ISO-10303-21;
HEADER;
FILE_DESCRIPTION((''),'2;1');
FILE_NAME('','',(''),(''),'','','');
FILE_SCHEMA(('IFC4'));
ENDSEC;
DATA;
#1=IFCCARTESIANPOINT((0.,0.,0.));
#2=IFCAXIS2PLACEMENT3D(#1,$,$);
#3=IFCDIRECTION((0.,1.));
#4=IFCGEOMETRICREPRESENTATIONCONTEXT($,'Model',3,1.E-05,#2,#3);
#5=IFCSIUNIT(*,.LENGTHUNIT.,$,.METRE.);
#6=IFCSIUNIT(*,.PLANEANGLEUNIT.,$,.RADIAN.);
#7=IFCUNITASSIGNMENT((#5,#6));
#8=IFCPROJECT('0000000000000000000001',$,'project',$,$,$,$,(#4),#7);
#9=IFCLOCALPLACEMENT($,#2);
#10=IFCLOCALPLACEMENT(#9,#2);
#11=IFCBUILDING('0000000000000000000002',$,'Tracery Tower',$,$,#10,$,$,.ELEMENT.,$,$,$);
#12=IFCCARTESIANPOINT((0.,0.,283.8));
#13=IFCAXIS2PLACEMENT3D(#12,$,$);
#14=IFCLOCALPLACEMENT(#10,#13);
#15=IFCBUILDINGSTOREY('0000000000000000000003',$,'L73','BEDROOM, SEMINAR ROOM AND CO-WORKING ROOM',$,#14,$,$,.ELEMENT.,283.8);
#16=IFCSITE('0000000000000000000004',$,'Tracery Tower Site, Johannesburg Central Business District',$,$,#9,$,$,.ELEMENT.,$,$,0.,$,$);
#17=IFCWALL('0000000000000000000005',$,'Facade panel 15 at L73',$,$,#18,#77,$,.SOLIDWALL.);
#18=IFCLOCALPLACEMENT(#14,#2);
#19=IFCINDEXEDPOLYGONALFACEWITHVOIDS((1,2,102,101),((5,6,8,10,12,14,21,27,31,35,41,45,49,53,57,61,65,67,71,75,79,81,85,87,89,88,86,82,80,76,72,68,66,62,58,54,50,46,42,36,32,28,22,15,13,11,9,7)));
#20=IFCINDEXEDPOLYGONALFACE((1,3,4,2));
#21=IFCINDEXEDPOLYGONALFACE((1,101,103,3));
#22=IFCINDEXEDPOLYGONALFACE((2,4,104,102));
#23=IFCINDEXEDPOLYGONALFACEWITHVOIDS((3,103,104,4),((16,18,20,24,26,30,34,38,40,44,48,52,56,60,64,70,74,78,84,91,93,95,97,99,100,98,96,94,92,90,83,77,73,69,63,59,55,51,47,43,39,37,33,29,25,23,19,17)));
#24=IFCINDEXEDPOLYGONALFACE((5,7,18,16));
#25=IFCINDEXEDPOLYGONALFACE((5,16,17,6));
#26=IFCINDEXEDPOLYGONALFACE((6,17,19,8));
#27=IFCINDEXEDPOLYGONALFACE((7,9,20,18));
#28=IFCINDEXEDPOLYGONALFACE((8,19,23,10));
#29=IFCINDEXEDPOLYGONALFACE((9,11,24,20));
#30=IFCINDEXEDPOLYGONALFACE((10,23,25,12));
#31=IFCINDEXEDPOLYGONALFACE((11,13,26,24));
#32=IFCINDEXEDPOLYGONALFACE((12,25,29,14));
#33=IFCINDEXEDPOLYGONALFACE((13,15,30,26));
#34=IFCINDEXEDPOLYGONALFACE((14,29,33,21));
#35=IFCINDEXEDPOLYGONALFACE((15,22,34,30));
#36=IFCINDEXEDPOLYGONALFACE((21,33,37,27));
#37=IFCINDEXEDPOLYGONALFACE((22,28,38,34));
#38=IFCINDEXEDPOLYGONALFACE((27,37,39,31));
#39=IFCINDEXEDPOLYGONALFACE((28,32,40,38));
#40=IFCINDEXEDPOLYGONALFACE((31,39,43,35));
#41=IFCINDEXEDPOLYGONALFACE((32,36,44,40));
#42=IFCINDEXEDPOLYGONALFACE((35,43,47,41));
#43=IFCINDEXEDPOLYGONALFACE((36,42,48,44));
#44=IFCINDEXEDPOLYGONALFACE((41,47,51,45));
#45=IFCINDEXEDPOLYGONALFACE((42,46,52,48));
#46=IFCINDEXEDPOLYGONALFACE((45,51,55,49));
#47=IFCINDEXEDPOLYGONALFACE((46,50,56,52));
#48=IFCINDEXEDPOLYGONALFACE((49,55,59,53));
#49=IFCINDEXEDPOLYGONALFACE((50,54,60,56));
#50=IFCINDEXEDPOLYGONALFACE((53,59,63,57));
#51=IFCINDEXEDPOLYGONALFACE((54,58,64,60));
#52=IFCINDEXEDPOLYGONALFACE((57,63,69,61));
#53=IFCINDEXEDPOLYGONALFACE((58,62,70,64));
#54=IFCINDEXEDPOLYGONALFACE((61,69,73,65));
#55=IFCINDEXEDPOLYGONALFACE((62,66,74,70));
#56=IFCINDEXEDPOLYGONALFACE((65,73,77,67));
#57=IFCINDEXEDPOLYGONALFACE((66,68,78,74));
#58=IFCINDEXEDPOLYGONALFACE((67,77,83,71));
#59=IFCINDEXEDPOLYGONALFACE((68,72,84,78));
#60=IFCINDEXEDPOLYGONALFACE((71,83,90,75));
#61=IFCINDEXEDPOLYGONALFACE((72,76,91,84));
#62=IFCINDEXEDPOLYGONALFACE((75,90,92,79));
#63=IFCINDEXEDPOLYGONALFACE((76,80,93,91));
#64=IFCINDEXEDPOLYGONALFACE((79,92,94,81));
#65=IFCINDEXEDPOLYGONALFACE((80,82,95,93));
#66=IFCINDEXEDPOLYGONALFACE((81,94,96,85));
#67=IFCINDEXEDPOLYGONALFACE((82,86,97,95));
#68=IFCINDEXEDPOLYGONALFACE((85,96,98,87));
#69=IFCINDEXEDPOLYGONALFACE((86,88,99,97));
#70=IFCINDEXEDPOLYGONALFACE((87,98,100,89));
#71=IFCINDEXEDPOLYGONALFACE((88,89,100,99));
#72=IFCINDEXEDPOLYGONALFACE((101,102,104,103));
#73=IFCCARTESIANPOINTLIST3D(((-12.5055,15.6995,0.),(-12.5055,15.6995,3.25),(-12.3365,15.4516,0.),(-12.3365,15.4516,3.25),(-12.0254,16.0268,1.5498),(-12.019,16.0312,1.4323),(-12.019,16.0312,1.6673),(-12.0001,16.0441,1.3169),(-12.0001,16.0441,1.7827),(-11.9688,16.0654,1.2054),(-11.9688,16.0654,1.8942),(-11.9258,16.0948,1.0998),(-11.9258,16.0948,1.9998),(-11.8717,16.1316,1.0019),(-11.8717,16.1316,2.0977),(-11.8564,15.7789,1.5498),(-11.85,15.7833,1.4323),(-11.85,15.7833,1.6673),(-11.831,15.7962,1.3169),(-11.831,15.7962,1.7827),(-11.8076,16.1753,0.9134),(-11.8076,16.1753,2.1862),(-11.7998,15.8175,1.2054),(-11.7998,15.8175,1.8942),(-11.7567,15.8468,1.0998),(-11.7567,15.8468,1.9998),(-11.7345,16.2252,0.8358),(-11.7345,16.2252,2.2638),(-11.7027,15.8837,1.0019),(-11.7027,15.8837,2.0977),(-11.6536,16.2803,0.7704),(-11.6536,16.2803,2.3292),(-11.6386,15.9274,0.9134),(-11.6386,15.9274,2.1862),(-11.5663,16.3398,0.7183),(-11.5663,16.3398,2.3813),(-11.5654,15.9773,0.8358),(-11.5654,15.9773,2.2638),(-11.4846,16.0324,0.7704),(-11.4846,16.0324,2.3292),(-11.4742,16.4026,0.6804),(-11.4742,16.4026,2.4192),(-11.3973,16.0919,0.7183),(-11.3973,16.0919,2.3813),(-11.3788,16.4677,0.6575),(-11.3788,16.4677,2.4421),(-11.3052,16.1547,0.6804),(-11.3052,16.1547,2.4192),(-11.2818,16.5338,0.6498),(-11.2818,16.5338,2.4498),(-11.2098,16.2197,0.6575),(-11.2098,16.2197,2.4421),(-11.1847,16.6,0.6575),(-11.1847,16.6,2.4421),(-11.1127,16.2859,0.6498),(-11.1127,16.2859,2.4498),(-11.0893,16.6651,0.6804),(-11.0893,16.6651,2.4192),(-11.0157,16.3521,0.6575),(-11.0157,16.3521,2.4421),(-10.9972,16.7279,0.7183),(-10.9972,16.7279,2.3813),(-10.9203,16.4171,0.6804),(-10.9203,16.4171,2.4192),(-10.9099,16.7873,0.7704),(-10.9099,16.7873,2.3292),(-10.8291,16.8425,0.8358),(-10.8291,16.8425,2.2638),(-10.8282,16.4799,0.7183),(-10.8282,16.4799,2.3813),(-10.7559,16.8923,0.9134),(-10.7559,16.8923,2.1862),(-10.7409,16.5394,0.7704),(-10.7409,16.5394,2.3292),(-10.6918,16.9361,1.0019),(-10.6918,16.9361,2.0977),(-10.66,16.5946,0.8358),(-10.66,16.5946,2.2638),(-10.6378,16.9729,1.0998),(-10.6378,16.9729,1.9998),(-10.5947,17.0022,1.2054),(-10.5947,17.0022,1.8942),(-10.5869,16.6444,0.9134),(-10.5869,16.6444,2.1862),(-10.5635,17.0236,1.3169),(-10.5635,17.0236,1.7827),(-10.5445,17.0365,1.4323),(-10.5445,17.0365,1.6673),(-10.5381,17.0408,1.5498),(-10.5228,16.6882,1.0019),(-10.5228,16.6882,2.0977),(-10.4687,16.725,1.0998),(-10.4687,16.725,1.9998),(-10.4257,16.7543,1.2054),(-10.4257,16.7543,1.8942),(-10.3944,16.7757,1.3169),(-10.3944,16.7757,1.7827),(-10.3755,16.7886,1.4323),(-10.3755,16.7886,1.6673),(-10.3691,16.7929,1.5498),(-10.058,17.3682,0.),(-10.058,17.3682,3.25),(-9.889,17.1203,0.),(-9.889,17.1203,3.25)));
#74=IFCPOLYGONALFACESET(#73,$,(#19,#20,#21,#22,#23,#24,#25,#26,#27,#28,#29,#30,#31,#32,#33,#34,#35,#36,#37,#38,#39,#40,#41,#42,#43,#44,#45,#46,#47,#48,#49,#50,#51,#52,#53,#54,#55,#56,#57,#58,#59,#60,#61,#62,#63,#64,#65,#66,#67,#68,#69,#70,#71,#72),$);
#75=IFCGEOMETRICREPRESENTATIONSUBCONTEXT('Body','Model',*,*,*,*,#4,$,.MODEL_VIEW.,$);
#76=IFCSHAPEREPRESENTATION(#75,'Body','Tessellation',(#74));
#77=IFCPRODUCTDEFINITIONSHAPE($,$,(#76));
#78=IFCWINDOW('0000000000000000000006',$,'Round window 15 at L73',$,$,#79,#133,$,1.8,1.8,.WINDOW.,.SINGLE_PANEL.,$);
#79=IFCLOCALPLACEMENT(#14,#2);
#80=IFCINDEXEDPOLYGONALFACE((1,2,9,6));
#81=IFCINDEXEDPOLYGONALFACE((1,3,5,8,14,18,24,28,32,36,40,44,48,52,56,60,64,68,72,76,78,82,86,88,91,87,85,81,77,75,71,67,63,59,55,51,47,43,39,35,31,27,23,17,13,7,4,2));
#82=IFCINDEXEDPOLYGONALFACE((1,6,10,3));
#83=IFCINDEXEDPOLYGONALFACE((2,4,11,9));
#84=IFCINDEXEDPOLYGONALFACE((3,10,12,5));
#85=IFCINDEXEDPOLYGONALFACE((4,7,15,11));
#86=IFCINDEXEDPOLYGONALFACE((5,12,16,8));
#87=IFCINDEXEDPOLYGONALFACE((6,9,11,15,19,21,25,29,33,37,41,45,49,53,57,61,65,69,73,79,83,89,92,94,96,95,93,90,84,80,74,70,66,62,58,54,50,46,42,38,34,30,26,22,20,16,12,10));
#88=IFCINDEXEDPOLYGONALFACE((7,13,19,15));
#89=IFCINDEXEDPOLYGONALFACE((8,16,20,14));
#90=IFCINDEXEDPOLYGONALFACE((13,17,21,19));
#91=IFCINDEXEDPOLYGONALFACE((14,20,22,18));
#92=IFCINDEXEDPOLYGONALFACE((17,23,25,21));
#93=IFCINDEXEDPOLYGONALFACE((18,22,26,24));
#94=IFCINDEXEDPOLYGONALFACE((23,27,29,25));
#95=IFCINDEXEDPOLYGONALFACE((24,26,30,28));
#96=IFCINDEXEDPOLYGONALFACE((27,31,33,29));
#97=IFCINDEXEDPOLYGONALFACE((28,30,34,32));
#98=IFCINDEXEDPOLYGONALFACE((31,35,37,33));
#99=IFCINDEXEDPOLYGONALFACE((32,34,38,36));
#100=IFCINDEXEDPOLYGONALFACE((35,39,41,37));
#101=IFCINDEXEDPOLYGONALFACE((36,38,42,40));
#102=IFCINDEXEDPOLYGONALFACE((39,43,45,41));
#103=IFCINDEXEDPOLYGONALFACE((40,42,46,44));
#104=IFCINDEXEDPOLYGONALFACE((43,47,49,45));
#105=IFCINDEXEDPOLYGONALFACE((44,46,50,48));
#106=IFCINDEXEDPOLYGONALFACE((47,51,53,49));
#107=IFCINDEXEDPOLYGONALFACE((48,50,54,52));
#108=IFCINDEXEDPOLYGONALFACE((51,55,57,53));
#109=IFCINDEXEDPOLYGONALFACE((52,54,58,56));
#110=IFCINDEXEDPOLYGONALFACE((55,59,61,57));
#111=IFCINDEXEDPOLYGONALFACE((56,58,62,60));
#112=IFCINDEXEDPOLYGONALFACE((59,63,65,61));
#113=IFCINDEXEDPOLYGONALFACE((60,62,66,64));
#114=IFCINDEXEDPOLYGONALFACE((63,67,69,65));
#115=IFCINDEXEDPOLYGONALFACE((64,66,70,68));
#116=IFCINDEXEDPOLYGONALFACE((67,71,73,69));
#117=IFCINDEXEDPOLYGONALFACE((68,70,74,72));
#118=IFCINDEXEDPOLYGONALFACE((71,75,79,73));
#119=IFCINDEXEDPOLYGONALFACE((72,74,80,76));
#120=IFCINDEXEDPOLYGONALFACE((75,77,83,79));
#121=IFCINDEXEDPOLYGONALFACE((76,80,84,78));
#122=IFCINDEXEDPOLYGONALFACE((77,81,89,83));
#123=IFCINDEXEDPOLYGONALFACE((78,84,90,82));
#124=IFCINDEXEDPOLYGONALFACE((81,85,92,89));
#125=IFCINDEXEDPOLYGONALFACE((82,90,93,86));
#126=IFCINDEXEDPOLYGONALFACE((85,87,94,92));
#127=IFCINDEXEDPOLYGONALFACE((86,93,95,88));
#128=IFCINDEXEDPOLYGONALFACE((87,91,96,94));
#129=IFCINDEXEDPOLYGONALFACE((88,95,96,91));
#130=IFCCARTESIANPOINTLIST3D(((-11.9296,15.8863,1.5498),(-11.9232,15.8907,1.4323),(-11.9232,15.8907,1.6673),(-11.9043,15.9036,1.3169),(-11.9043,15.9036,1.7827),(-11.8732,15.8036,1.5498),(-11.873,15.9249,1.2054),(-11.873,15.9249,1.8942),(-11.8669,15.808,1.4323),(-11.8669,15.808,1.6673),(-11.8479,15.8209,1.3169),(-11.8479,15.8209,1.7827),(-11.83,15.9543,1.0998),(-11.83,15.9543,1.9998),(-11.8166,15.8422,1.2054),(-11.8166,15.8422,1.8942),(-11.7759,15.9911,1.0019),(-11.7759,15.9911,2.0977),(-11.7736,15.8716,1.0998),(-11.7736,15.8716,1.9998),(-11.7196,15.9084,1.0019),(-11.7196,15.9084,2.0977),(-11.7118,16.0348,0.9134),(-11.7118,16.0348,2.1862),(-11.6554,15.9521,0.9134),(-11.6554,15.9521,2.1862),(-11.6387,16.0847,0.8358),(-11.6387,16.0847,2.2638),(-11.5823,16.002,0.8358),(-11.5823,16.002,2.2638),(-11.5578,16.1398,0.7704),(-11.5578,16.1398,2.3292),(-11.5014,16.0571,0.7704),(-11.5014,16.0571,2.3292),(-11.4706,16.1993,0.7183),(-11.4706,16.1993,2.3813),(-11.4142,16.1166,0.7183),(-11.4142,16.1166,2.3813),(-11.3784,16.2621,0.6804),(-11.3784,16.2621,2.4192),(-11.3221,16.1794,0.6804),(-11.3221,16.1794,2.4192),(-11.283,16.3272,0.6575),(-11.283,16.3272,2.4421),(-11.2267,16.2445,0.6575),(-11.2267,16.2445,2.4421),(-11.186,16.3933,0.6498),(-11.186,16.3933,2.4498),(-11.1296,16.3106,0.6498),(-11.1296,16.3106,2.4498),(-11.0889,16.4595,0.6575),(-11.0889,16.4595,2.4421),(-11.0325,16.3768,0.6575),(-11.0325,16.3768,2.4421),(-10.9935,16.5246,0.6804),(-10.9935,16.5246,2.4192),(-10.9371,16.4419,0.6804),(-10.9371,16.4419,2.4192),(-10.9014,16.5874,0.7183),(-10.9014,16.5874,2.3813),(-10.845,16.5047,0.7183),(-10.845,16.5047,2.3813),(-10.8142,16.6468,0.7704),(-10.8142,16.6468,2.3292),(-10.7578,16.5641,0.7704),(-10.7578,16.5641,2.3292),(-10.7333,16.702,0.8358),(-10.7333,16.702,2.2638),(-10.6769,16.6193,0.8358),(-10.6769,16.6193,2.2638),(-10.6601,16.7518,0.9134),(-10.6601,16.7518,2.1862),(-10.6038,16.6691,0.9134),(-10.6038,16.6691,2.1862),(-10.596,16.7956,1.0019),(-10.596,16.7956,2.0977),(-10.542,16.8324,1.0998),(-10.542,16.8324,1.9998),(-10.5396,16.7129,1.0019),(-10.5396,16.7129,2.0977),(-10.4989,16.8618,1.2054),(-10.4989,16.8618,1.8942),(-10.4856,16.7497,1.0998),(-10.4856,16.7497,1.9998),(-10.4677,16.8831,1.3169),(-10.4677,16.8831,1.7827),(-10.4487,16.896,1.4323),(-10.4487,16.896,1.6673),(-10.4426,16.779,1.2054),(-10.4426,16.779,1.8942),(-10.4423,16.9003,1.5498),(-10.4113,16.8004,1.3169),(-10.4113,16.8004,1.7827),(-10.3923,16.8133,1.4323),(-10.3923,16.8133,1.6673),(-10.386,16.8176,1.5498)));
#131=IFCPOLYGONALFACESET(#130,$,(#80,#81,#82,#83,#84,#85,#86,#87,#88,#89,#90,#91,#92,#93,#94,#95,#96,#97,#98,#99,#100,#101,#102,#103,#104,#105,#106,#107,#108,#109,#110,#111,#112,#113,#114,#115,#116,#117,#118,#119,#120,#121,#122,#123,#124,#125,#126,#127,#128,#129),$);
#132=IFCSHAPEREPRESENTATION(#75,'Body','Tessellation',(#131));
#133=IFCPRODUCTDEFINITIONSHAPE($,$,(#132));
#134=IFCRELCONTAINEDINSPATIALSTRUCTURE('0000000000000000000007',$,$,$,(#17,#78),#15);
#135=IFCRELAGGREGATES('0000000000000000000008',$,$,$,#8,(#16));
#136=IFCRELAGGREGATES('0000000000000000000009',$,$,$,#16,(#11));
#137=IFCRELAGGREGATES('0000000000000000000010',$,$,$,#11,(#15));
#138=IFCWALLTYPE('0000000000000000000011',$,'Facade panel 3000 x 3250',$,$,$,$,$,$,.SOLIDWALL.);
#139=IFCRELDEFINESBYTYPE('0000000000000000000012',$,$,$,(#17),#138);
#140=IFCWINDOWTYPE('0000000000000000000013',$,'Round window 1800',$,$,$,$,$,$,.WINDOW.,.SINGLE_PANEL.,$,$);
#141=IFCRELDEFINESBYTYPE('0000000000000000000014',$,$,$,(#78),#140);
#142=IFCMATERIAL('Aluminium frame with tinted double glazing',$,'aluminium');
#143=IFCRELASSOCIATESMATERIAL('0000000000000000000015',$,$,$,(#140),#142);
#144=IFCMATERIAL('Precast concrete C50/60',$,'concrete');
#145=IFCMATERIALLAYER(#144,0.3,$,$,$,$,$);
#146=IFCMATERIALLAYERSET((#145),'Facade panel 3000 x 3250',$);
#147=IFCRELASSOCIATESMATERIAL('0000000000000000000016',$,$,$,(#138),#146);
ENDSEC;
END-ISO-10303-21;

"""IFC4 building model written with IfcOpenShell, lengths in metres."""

from ifc_helpers import new_model, si_unit, direction, frame, frame_2d, origin, origin_2d, place, context, subcontext, project, spatial, rectangle, circle, extrude, material, layer, layer_set, type_object, element, fill, save


model = new_model("IFC4")

# Units and contexts
model_context = context("Model", 3, precision=1e-05, world=origin(), true_north=direction((0.0, 1.0)))
body_context = subcontext(model_context, "Body", "Model", "MODEL_VIEW")
ifc_project = project(units=[si_unit("LENGTHUNIT", "METRE"), si_unit("PLANEANGLEUNIT", "RADIAN")], contexts=[model_context])

# Site, building, storey
site_placement = place(None, origin())
site = spatial("IfcSite", under=ifc_project, at=site_placement, Name="Tracery Tower Site, Johannesburg Central Business District", CompositionType="ELEMENT", RefElevation=0.0)
building_placement = place(site_placement, origin())
building = spatial("IfcBuilding", under=site, at=building_placement, Name="Tracery Tower", CompositionType="ELEMENT")
storey_placement = place(building_placement, frame((0.0, 0.0, 283.8)))
storey = spatial("IfcBuildingStorey", under=building, at=storey_placement, Name="L73", Description="BEDROOM, SEMINAR ROOM AND CO-WORKING ROOM", CompositionType="ELEMENT", Elevation=283.8)

# Wall, opening, window
ifc_material_1 = material(Name="Aluminium frame with tinted double glazing", Category="aluminium")
window_type = type_object("IfcWindowType", Name="Round window 1800", PartitioningType="SINGLE_PANEL", PredefinedType="WINDOW", material=ifc_material_1)
ifc_material_2 = material(Name="Precast concrete C50/60", Category="concrete")
ifc_layer_1 = layer(ifc_material_2, 0.3)
ifc_layer_set_1 = layer_set([ifc_layer_1], Name="Facade panel 3000 x 3250")
wall_type_1 = type_object("IfcWallType", Name="Facade panel 3000 x 3250", PredefinedType="SOLIDWALL", material=ifc_layer_set_1)
wall_1_placement = place(storey_placement, frame((-9.9736, 17.2441, 0.0), z_axis=(0.0, 0.0, 1.0), x_axis=(-0.826236, -0.563324, 0.0)))
wall_1 = element("IfcWall", 1, at=wall_1_placement, inside=storey, type_object=wall_type_1, Name="Facade panel 15 at L73", PredefinedType="SOLIDWALL", context=body_context, shape_type="SweptSolid", body=[
    extrude(rectangle(XDim=2.9622, YDim=0.3, at=frame_2d((1.481, 0.0))), origin(), (0.0, 0.0, 1.0), 3.25),
])
opening_1_placement = place(wall_1_placement, frame((1.481, 0.0, 1.5498)))
opening_1 = element("IfcOpeningElement", 2, at=opening_1_placement, cuts=wall_1, PredefinedType="OPENING", context=body_context, shape_type="SweptSolid", body=[
    extrude(circle(Radius=0.9, at=origin_2d()), frame((0.0, 0.1599, 0.0), z_axis=(0.0, -1.0, 0.0), x_axis=(1.0, 0.0, 0.0)), (0.0, 0.0, 1.0), 0.3201),
])
window_1_placement = place(opening_1_placement, origin())
window_1 = element("IfcWindow", 3, at=window_1_placement, inside=storey, type_object=window_type, Name="Round window 15 at L73", OverallHeight=1.8, OverallWidth=1.8, PartitioningType="SINGLE_PANEL", PredefinedType="WINDOW", context=body_context, shape_type="SweptSolid", body=[
    extrude(circle(Radius=0.9, at=origin_2d()), frame((0.0, 0.1201, 0.0), z_axis=(0.0, -1.0, 0.0), x_axis=(1.0, 0.0, 0.0)), (0.0, 0.0, 1.0), 0.1001),
])
fill(opening_1, window_1)

save(model, "model.ifc")
